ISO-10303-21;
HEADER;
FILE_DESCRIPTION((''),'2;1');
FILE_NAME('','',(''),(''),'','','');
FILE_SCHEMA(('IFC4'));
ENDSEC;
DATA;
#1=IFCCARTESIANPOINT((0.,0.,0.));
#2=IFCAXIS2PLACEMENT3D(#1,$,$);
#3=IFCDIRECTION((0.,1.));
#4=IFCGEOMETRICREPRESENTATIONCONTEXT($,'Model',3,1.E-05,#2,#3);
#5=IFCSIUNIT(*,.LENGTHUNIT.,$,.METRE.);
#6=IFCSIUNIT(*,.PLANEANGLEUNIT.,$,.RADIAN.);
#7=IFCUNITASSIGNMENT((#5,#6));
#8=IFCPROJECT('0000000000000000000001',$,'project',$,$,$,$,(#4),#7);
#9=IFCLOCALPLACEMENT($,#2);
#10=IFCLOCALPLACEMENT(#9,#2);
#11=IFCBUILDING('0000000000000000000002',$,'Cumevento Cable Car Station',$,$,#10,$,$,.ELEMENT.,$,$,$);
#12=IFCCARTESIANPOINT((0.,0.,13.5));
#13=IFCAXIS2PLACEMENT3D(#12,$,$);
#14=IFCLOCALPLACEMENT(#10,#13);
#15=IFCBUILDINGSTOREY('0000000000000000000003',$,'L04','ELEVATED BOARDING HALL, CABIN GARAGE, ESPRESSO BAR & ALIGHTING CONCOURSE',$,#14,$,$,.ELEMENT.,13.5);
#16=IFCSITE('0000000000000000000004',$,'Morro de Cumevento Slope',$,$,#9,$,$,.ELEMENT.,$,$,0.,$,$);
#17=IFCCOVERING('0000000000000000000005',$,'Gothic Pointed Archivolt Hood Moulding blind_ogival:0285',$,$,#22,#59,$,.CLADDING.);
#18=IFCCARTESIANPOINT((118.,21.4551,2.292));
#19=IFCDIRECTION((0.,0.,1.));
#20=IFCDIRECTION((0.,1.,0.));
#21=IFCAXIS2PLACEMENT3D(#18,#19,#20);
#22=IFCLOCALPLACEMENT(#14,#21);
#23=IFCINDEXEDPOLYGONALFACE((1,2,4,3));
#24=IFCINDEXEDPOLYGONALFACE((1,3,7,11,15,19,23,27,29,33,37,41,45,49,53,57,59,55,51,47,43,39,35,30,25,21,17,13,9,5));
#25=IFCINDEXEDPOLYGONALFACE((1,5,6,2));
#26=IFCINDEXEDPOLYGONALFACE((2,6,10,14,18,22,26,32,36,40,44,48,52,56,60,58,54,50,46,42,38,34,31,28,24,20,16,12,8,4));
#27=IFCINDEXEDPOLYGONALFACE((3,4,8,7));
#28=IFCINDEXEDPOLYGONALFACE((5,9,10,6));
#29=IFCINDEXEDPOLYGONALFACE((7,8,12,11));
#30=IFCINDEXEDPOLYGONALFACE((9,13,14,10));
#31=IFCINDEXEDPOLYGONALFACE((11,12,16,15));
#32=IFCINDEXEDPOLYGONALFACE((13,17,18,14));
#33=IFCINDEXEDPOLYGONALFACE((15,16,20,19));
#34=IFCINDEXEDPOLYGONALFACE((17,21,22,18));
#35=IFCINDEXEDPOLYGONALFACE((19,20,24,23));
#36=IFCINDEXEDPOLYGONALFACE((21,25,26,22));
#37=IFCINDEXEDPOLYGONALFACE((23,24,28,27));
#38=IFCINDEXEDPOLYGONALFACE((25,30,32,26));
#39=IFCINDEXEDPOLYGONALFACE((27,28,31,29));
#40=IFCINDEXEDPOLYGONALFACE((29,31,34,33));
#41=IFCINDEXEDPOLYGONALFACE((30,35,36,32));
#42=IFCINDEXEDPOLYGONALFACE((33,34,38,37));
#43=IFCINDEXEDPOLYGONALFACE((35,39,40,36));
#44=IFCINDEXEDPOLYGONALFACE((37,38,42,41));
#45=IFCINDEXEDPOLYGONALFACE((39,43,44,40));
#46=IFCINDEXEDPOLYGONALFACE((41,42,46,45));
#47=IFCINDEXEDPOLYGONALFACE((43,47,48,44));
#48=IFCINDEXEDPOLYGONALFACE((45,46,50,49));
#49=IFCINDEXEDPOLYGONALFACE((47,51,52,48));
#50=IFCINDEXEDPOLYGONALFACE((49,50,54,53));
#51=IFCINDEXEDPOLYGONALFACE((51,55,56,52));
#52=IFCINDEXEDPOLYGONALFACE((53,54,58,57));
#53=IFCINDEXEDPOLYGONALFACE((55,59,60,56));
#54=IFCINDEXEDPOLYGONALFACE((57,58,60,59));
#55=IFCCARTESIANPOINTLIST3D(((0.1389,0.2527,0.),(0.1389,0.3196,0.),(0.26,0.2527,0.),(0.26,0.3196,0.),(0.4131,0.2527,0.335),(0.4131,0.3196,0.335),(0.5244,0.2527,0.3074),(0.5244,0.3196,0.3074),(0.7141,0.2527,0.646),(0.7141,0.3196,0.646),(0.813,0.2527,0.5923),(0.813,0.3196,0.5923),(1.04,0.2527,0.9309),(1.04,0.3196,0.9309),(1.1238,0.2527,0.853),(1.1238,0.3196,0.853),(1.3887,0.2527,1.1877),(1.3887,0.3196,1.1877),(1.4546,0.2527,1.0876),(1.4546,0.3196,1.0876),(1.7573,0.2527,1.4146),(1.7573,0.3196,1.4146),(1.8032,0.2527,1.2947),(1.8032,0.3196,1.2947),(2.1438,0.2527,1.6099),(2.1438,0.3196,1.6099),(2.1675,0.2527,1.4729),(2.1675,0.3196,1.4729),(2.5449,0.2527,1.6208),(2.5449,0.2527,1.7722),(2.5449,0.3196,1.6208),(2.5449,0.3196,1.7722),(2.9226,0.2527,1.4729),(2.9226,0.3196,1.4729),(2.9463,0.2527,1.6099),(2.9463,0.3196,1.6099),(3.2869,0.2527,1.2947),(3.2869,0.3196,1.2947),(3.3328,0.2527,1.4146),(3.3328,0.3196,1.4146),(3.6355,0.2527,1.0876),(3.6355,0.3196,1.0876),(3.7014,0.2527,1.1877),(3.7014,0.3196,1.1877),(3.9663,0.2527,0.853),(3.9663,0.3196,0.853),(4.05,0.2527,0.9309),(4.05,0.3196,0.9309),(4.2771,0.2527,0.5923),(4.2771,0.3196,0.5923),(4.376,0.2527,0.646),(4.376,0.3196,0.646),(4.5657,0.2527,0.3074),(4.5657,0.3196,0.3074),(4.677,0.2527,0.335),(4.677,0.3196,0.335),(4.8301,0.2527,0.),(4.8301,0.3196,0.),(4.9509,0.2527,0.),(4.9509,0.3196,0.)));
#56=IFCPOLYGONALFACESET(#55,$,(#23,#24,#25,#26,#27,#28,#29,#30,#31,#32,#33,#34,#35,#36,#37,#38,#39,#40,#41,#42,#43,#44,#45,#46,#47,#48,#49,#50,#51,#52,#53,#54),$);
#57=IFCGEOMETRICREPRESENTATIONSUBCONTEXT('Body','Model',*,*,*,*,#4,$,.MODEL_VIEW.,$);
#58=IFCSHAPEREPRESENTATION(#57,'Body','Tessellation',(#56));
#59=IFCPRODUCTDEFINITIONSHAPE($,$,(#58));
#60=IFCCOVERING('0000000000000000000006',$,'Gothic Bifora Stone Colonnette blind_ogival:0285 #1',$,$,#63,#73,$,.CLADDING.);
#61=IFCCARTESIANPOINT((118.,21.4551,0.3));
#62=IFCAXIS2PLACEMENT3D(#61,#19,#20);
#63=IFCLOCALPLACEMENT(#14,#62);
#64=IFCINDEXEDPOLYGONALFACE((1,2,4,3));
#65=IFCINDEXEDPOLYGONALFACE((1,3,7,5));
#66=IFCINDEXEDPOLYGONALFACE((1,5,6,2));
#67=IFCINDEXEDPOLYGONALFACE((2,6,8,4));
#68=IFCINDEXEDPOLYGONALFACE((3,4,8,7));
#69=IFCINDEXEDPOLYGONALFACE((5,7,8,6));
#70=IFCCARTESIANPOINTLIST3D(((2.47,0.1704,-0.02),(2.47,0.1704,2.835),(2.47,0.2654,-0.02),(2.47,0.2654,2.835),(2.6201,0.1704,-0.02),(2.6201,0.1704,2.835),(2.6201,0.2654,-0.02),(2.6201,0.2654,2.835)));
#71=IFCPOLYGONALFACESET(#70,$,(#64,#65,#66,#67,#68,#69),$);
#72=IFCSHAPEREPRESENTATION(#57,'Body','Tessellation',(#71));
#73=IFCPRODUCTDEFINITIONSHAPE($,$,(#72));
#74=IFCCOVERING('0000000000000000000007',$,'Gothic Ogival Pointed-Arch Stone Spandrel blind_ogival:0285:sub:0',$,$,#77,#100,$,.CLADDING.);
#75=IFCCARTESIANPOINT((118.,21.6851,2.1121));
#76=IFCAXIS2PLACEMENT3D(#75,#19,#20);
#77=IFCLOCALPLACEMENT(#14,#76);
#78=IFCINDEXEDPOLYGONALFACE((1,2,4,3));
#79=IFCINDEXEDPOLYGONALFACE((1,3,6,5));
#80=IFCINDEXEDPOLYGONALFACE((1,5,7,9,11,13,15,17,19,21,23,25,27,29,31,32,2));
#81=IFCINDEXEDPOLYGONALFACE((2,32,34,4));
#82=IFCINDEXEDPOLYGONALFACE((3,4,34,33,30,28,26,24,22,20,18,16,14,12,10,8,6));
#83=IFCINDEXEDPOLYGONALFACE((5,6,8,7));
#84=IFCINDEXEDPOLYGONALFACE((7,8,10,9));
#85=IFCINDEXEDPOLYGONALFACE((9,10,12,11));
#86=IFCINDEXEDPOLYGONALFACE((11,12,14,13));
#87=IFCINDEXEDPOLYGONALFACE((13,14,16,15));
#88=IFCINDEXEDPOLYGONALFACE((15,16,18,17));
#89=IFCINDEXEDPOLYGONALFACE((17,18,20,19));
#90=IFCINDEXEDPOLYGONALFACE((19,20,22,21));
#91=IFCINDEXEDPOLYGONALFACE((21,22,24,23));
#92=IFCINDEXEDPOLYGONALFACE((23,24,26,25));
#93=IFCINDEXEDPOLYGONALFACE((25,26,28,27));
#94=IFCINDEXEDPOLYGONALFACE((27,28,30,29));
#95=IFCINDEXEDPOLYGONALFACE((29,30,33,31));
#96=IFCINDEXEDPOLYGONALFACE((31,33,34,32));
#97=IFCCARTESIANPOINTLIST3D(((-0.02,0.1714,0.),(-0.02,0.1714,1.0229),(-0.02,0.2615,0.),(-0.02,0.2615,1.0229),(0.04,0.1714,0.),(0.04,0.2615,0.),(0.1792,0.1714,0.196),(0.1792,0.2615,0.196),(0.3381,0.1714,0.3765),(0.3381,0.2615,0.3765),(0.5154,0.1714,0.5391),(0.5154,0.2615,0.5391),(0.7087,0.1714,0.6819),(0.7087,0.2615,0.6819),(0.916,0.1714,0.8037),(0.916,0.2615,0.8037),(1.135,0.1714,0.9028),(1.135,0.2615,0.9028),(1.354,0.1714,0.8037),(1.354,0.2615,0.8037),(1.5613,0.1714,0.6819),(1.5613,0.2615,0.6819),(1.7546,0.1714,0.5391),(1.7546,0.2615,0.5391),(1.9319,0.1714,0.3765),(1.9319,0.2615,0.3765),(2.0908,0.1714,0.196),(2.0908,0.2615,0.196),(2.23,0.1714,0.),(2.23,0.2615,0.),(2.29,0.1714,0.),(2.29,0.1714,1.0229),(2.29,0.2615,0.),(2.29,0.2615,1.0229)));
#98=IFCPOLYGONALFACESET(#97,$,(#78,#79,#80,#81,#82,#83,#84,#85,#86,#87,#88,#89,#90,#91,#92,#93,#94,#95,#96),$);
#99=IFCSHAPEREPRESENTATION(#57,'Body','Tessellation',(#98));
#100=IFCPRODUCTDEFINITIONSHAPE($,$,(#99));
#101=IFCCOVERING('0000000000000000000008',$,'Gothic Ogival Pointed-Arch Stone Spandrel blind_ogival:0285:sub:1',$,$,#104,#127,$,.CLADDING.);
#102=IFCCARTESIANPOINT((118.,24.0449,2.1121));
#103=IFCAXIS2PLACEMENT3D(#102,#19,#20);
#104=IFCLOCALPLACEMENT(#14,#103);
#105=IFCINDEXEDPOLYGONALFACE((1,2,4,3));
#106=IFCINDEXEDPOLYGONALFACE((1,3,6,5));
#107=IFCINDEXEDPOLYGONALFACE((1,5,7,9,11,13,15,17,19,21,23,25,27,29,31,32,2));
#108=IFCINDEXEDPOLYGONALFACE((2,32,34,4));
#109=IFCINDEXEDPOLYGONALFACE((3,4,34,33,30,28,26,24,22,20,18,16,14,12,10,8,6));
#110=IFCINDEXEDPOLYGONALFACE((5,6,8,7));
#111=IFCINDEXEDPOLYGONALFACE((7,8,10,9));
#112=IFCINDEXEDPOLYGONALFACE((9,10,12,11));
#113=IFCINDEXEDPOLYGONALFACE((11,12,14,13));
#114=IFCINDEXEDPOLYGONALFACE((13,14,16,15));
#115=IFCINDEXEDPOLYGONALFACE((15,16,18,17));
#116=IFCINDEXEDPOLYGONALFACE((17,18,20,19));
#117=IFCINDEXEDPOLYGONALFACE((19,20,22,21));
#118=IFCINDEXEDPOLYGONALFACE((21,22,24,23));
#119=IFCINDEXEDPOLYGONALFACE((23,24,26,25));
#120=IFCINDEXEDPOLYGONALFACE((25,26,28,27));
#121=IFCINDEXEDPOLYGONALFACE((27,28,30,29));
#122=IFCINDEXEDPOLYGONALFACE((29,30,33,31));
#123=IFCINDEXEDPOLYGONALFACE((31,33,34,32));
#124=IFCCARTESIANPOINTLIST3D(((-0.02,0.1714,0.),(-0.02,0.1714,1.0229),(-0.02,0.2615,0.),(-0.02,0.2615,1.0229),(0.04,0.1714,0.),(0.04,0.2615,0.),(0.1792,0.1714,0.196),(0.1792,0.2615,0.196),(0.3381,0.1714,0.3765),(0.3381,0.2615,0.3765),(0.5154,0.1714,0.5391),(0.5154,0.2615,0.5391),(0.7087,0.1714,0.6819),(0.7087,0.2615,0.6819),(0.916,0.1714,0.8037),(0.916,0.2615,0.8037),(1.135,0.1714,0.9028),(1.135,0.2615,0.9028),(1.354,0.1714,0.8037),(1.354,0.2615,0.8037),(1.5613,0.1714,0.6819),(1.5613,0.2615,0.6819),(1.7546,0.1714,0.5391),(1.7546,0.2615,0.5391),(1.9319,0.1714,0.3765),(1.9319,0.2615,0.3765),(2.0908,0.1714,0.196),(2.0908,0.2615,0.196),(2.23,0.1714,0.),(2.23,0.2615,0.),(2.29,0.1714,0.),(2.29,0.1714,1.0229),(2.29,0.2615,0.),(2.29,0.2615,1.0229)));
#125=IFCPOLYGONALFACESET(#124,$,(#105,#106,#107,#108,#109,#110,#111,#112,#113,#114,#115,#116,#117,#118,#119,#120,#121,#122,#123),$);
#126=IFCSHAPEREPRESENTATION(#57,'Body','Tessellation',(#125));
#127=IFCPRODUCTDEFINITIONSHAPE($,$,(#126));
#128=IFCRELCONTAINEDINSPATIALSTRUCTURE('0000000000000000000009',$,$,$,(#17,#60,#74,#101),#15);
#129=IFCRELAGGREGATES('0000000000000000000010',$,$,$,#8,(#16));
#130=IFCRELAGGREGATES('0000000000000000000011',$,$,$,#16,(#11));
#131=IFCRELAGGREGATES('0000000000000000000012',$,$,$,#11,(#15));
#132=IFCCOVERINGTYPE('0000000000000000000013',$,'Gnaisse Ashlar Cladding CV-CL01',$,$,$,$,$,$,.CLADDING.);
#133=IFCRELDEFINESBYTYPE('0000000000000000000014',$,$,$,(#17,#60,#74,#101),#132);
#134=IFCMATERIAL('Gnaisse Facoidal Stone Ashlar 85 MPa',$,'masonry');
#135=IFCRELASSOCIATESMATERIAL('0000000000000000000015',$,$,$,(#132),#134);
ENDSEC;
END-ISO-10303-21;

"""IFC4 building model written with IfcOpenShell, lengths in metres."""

from ifc_helpers import new_model, si_unit, direction, frame, origin, place, context, subcontext, project, spatial, polyline, outline, extrude, material, type_object, element, save


model = new_model("IFC4")

# Units and contexts
model_context = context("Model", 3, precision=1e-05, world=origin(), true_north=direction((0.0, 1.0)))
body_context = subcontext(model_context, "Body", "Model", "MODEL_VIEW")
ifc_project = project(units=[si_unit("LENGTHUNIT", "METRE"), si_unit("PLANEANGLEUNIT", "RADIAN")], contexts=[model_context])

# Site, building, storey
site_placement = place(None, origin())
site = spatial("IfcSite", under=ifc_project, at=site_placement, Name="Morro de Cumevento Slope", CompositionType="ELEMENT", RefElevation=0.0)
building_placement = place(site_placement, origin())
building = spatial("IfcBuilding", under=site, at=building_placement, Name="Cumevento Cable Car Station", CompositionType="ELEMENT")
storey_placement = place(building_placement, frame((0.0, 0.0, 13.5)))
storey = spatial("IfcBuildingStorey", under=building, at=storey_placement, Name="L04", Description="ELEVATED BOARDING HALL, CABIN GARAGE, ESPRESSO BAR & ALIGHTING CONCOURSE", CompositionType="ELEMENT", Elevation=13.5)

# Coverings
ifc_material_1 = material(Name="Gnaisse Facoidal Stone Ashlar 85 MPa", Category="masonry")
covering_type = type_object("IfcCoveringType", Name="Gnaisse Ashlar Cladding CV-CL01", PredefinedType="CLADDING", material=ifc_material_1)
placement_1 = place(storey_placement, frame((118.0, 21.4551, 0.3), z_axis=(0.0, 0.0, 1.0), x_axis=(0.0, 1.0, 0.0)))
covering_1_placement = place(storey_placement, frame((118.0, 21.4551, 2.292), z_axis=(0.0, 0.0, 1.0), x_axis=(0.0, 1.0, 0.0)))
element("IfcCovering", 1, at=covering_1_placement, inside=storey, type_object=covering_type, Name="Gothic Pointed Archivolt Hood Moulding blind_ogival:0285", PredefinedType="CLADDING", context=body_context, shape_type="SweptSolid", body=[
    extrude(outline(polyline([(0.26, 0.0), (0.5244, 0.3074), (0.813, 0.5923), (1.1238, 0.853), (1.4546, 1.0876), (1.8032, 1.2947), (2.1675, 1.4729), (2.5449, 1.6208), (2.9226, 1.4729), (3.2869, 1.2947), (3.6355, 1.0876), (3.9663, 0.853), (4.2771, 0.5923), (4.5657, 0.3074), (4.8301, 0.0), (4.9509, 0.0), (4.677, 0.335), (4.376, 0.646), (4.05, 0.9309), (3.7014, 1.1877), (3.3328, 1.4146), (2.9463, 1.6099), (2.5449, 1.7722), (2.1438, 1.6099), (1.7573, 1.4146), (1.3887, 1.1877), (1.04, 0.9309), (0.7141, 0.646), (0.4131, 0.335), (0.1389, 0.0), (0.26, 0.0)])), frame((0.0, 0.3196, 0.0), z_axis=(0.0, -1.0, 0.0), x_axis=(1.0, 0.0, 0.0)), (0.0, 0.0, 1.0), 0.0669),
])
element("IfcCovering", 2, at=placement_1, inside=storey, type_object=covering_type, Name="Gothic Bifora Stone Colonnette blind_ogival:0285 #1", PredefinedType="CLADDING", context=body_context, shape_type="SweptSolid", body=[
    extrude(outline(polyline([(2.47, -0.02), (2.6201, -0.02), (2.6201, 2.835), (2.47, 2.835), (2.47, -0.02)])), frame((0.0, 0.2654, 0.0), z_axis=(0.0, -1.0, 0.0), x_axis=(1.0, 0.0, 0.0)), (0.0, 0.0, 1.0), 0.095),
])
for number, where, z_axis, x_axis, name in (
    (3, (118.0, 21.6851, 2.1121), (0.0, 0.0, 1.0), (0.0, 1.0, 0.0), "Gothic Ogival Pointed-Arch Stone Spandrel blind_ogival:0285:sub:0"),
    (4, (118.0, 24.0449, 2.1121), (0.0, 0.0, 1.0), (0.0, 1.0, 0.0), "Gothic Ogival Pointed-Arch Stone Spandrel blind_ogival:0285:sub:1"),
):
    element("IfcCovering", number, at=place(storey_placement, frame(where, z_axis=z_axis, x_axis=x_axis)), inside=storey, type_object=covering_type, Name=name, PredefinedType="CLADDING", context=body_context, shape_type="SweptSolid", body=[
        extrude(outline(polyline([(-0.02, 0.0), (-0.02, 1.0229), (2.29, 1.0229), (2.29, 0.0), (2.23, 0.0), (2.0908, 0.196), (1.9319, 0.3765), (1.7546, 0.5391), (1.5613, 0.6819), (1.354, 0.8037), (1.135, 0.9028), (0.916, 0.8037), (0.7087, 0.6819), (0.5154, 0.5391), (0.3381, 0.3765), (0.1792, 0.196), (0.04, 0.0), (-0.02, 0.0)])), frame((0.0, 0.2615, 0.0), z_axis=(0.0, -1.0, 0.0), x_axis=(1.0, 0.0, 0.0)), (0.0, 0.0, 1.0), 0.0901),
    ])

save(model, "model.ifc")
